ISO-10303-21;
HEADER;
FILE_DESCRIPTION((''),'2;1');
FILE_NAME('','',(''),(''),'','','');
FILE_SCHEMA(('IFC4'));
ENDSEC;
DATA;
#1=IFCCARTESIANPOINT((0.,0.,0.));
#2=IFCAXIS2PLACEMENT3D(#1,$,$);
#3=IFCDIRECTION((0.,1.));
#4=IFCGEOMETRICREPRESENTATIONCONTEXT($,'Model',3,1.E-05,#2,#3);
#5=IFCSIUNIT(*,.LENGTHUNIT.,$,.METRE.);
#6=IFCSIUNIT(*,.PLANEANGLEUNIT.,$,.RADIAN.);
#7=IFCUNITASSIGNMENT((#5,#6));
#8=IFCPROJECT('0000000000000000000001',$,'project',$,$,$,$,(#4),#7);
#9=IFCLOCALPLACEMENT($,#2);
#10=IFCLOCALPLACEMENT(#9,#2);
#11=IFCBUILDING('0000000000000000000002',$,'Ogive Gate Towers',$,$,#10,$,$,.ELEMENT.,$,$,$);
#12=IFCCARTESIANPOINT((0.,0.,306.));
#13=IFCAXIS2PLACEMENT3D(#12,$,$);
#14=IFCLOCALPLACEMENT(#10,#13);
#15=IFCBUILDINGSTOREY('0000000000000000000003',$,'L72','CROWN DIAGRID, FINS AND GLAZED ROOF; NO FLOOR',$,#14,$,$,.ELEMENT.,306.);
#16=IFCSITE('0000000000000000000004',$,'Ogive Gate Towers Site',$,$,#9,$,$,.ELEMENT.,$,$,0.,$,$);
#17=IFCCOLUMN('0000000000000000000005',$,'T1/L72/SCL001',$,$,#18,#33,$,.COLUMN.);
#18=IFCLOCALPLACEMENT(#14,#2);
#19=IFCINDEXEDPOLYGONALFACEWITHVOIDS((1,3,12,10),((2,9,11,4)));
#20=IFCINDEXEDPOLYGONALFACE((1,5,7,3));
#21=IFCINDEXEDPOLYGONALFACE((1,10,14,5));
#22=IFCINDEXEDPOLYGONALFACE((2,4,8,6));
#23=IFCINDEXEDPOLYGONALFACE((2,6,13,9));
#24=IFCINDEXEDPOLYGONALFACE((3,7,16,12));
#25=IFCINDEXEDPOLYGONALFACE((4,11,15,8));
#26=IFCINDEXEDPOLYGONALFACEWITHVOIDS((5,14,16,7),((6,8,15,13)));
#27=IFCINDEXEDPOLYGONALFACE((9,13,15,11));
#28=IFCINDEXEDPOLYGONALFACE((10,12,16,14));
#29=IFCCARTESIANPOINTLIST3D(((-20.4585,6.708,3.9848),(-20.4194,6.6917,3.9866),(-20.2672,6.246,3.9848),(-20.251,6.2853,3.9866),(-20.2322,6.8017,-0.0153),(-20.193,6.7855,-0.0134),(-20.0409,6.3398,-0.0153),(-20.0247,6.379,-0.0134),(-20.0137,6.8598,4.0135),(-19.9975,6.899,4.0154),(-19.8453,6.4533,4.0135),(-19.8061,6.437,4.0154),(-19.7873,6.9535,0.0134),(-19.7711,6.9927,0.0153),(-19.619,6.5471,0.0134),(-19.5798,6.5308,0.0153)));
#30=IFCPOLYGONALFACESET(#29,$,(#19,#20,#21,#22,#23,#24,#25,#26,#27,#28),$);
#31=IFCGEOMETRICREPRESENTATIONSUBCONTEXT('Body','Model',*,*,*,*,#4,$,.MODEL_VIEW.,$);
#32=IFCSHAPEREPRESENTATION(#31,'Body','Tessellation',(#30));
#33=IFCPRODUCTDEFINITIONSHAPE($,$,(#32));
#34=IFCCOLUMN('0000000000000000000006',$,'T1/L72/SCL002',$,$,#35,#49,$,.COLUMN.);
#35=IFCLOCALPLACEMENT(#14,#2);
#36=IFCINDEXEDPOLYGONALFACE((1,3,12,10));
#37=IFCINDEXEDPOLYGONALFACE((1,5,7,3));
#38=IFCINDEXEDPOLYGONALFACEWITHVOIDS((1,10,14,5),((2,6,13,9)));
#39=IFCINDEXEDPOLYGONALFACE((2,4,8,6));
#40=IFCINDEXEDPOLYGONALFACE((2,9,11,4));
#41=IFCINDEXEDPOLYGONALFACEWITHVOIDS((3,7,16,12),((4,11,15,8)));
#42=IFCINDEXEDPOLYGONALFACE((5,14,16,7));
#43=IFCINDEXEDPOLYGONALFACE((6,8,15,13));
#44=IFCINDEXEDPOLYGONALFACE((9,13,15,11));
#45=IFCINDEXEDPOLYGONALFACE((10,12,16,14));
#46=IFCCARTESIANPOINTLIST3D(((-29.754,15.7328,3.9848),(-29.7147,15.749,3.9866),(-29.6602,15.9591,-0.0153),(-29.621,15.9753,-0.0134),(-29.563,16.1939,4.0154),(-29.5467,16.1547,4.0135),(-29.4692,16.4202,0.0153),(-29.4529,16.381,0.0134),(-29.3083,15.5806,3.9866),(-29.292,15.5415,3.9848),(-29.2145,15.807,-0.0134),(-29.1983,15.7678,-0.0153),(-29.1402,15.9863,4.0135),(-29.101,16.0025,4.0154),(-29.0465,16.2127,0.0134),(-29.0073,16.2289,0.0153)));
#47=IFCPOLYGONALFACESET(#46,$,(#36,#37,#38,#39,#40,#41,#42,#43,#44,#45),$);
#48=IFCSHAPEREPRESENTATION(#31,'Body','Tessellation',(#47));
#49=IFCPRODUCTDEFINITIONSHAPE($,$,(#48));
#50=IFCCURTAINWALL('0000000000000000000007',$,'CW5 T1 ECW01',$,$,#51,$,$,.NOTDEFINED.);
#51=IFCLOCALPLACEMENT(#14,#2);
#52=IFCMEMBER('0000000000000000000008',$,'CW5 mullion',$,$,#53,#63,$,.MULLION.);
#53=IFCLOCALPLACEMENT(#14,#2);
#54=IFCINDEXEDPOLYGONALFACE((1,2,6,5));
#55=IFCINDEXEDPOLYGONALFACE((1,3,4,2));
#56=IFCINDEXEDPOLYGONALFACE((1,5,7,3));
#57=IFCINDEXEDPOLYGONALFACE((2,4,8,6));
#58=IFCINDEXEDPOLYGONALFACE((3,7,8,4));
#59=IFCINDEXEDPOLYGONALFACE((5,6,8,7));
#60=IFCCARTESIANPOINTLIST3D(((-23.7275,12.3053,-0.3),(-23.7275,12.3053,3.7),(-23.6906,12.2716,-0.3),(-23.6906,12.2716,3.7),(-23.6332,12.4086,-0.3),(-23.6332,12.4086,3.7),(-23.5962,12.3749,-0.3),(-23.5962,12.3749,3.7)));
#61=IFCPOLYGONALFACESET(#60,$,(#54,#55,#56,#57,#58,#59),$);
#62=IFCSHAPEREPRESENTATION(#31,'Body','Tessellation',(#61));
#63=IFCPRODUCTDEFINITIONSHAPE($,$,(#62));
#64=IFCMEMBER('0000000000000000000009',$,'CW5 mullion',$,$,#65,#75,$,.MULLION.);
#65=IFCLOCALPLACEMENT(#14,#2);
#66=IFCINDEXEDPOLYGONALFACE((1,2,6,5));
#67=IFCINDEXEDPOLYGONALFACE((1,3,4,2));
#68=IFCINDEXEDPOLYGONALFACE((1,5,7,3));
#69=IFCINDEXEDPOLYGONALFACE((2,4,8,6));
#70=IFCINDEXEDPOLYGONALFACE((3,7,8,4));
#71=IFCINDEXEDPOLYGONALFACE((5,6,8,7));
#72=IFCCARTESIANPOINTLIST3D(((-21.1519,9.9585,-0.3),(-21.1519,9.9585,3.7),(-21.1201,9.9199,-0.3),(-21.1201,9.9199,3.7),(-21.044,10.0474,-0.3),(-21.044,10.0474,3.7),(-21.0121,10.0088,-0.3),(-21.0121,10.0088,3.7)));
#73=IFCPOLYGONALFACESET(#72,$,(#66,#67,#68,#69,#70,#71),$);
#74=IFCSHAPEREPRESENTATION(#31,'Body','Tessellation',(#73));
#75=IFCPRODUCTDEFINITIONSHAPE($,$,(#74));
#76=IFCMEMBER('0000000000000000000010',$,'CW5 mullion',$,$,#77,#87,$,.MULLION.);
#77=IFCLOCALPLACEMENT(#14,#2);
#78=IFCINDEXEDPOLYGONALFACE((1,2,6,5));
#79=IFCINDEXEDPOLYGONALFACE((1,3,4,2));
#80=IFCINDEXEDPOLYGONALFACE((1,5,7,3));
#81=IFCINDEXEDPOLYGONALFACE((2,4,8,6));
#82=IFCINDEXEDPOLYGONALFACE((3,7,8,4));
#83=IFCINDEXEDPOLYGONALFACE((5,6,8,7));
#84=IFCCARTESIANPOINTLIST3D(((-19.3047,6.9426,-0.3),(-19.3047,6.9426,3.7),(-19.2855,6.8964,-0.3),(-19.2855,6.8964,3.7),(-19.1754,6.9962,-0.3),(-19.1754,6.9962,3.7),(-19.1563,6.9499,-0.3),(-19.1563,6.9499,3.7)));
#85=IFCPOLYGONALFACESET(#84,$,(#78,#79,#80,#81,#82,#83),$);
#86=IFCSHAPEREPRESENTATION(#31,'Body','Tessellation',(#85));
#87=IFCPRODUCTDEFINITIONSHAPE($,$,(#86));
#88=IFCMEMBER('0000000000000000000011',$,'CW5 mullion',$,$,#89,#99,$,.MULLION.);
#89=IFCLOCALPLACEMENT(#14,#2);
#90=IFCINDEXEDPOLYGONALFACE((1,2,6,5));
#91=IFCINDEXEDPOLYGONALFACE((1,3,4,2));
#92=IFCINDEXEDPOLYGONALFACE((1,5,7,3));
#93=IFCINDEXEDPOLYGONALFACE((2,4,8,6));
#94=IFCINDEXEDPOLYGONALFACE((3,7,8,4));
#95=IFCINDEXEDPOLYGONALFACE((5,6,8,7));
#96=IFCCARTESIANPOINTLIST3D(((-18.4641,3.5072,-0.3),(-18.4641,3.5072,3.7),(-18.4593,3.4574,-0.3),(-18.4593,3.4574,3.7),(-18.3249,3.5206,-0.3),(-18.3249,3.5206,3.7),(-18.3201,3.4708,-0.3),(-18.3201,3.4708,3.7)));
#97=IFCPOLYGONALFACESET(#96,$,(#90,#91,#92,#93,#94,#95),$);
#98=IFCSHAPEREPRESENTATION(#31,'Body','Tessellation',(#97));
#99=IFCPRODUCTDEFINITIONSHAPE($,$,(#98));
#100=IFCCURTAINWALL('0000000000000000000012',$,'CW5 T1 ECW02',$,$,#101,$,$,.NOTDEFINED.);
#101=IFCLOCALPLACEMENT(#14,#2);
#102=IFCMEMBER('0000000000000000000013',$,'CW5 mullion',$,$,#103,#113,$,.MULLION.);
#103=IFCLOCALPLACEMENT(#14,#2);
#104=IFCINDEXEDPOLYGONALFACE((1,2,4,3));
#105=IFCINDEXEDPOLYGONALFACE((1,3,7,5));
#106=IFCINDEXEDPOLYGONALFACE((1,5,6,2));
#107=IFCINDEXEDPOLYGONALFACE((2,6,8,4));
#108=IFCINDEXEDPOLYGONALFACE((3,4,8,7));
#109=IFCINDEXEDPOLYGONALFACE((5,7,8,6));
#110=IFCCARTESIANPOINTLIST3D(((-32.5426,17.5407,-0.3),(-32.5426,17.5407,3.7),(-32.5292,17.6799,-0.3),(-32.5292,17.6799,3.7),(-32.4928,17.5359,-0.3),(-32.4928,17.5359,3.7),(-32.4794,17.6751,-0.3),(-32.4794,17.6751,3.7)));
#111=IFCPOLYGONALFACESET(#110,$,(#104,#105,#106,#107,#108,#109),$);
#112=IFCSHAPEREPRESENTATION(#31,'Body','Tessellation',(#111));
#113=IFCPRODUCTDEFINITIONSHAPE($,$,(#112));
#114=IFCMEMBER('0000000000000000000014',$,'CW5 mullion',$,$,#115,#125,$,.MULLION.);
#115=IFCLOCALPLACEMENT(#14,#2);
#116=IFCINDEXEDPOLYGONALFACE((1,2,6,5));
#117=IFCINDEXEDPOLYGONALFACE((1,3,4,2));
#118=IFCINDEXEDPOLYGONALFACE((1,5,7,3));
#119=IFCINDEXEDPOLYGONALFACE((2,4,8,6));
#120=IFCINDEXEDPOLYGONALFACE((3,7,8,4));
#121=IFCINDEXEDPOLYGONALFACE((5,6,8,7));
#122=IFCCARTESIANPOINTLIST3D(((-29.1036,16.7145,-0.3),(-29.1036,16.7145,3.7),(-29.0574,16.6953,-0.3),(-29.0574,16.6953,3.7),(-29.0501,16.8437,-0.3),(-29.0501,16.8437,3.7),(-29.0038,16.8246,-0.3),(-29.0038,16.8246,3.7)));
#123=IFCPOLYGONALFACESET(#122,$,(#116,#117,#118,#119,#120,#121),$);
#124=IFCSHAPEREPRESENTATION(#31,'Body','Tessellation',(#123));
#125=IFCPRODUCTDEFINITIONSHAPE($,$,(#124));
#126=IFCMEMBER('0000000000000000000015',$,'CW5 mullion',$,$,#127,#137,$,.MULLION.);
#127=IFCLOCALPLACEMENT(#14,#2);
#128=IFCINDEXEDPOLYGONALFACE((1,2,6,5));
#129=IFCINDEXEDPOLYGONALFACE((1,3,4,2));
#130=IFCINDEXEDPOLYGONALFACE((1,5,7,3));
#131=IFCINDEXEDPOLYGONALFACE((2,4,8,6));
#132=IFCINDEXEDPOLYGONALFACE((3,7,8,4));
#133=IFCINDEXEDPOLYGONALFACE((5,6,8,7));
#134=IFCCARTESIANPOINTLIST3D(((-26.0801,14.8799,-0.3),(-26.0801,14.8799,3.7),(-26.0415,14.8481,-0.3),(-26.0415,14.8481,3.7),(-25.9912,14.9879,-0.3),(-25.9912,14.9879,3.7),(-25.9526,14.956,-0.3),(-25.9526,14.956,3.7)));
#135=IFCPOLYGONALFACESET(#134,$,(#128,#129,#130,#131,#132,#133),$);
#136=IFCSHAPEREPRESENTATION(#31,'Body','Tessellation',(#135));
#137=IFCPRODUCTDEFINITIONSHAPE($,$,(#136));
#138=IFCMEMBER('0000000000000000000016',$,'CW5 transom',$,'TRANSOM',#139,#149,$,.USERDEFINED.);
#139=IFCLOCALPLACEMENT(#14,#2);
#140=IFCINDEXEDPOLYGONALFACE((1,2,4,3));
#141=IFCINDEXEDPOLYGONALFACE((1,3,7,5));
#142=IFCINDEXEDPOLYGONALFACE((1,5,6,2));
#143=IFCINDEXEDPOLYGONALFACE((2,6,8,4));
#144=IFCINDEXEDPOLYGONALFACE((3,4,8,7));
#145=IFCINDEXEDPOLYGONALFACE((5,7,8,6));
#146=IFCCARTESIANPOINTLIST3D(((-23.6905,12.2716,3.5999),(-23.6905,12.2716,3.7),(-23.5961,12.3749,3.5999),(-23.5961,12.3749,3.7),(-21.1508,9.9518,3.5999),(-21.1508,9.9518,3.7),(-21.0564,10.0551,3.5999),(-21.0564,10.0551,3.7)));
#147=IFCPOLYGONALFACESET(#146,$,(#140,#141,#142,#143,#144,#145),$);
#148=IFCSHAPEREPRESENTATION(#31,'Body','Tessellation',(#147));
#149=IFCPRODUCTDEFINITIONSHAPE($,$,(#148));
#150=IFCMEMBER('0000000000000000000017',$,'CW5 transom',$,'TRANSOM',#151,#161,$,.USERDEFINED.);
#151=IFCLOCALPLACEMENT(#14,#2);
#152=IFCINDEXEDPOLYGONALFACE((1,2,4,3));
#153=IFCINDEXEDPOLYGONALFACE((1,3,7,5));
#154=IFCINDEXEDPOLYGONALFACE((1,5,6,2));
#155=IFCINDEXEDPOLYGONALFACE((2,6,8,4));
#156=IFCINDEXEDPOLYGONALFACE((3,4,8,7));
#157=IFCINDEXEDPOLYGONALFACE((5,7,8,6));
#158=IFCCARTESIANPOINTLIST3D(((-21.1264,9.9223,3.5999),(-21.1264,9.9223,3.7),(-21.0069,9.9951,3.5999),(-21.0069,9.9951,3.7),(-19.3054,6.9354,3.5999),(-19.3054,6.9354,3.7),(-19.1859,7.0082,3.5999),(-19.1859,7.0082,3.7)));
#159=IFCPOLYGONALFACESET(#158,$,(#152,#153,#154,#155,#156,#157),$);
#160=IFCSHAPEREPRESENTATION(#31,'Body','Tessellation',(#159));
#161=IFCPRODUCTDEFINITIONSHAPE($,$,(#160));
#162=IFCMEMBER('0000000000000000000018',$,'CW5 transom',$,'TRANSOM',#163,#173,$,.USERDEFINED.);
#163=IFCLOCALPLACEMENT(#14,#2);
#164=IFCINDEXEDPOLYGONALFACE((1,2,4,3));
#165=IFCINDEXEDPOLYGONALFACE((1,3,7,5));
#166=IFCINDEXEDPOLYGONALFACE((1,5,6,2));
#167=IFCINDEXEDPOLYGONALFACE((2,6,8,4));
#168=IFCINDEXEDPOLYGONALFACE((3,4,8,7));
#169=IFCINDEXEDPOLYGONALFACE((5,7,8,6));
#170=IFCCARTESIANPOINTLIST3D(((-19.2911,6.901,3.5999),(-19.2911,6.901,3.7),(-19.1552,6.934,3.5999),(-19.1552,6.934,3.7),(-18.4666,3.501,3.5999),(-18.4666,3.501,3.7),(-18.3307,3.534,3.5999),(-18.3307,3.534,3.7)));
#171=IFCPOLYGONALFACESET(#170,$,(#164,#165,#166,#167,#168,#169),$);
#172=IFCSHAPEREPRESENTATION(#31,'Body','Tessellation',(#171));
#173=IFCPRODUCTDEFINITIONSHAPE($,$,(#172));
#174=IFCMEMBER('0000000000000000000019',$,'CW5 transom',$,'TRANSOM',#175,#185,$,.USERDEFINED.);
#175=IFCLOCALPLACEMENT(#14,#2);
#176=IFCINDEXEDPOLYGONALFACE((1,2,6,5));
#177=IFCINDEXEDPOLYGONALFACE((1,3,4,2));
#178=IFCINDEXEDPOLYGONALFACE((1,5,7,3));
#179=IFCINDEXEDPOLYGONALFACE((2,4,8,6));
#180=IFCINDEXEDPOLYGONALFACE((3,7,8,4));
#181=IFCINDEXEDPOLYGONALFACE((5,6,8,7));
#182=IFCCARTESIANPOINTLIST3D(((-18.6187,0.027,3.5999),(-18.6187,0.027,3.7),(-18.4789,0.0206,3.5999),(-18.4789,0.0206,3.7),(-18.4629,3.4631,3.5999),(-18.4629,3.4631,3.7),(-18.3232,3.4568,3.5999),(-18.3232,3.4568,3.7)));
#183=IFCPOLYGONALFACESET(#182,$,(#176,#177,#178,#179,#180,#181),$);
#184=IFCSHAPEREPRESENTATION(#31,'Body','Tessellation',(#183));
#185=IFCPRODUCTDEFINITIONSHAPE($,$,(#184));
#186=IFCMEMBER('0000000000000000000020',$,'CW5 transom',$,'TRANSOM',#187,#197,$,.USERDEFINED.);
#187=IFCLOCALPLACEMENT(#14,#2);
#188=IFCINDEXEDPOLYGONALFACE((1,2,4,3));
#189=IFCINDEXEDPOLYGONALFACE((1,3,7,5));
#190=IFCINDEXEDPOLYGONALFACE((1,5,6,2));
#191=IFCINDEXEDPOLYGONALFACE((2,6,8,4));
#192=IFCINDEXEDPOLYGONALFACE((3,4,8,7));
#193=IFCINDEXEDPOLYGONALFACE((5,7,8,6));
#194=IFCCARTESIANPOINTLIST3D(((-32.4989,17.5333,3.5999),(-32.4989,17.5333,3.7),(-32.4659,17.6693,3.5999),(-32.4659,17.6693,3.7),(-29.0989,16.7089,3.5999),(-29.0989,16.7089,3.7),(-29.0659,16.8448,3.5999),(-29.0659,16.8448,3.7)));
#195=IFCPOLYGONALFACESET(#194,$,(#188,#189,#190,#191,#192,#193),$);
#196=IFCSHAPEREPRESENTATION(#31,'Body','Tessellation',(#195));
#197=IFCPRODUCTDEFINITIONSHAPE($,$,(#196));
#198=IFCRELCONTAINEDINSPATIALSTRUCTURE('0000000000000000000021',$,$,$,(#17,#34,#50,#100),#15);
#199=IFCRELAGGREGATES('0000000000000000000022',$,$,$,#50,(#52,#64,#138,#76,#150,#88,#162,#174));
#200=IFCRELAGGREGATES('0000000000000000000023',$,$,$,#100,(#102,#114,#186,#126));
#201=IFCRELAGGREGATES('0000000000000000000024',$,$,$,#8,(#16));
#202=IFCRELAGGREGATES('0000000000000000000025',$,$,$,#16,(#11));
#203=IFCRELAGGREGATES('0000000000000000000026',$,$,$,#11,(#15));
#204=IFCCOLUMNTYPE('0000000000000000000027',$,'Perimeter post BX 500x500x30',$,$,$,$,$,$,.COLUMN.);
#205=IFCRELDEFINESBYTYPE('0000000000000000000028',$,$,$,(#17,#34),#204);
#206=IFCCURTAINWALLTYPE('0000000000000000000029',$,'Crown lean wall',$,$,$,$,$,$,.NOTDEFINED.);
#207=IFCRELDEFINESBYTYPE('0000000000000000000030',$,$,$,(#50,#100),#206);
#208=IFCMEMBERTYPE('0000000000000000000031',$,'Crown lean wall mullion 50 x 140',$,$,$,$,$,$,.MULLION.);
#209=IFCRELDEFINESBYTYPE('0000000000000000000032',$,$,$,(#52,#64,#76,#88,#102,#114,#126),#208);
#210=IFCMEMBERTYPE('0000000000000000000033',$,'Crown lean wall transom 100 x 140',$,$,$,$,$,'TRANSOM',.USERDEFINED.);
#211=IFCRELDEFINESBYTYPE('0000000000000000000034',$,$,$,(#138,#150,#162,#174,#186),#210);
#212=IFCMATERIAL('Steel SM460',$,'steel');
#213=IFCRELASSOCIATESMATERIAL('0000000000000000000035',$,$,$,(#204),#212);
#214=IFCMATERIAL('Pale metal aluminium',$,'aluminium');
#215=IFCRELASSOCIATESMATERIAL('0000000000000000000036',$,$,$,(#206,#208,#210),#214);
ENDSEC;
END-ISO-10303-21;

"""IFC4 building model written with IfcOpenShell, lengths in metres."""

from ifc_helpers import new_model, si_unit, direction, frame, origin, origin_2d, place, context, subcontext, project, spatial, rectangle, hollow_rectangle, extrude, material, material_profile, profile_set, type_object, element, aggregate, save


model = new_model("IFC4")

# Units and contexts
model_context = context("Model", 3, precision=1e-05, world=origin(), true_north=direction((0.0, 1.0)))
body_context = subcontext(model_context, "Body", "Model", "MODEL_VIEW")
ifc_project = project(units=[si_unit("LENGTHUNIT", "METRE"), si_unit("PLANEANGLEUNIT", "RADIAN")], contexts=[model_context])

# Site, building, storey
site_placement = place(None, origin())
site = spatial("IfcSite", under=ifc_project, at=site_placement, Name="Ogive Gate Towers Site", CompositionType="ELEMENT", RefElevation=0.0)
building_placement = place(site_placement, origin())
building = spatial("IfcBuilding", under=site, at=building_placement, Name="Ogive Gate Towers", CompositionType="ELEMENT")
storey_placement = place(building_placement, frame((0.0, 0.0, 306.0)))
storey = spatial("IfcBuildingStorey", under=building, at=storey_placement, Name="L72", Description="CROWN DIAGRID, FINS AND GLAZED ROOF; NO FLOOR", CompositionType="ELEMENT", Elevation=306.0)

# Columns
ifc_material_1 = material(Name="Steel SM460", Category="steel")
ifc_material_profile_1 = material_profile(ifc_material_1, hollow_rectangle(XDim=0.5, YDim=0.5, WallThickness=0.03, at=origin_2d()), Name="BX 500x500x30")
ifc_profile_set_1 = profile_set([ifc_material_profile_1], Name="Steel SM460")
column_type = type_object("IfcColumnType", Name="Perimeter post BX 500x500x30", PredefinedType="COLUMN", material=ifc_profile_set_1)
for number, where, z_axis, x_axis, name in (
    (1, (-19.906, 6.6663, 0.0), (-0.056474, -0.023394, 0.99813), (0.382704, -0.923871, 0.0), "T1/L72/SCL001"),
    (2, (-29.3337, 16.094, 0.0), (-0.023394, -0.056474, 0.99813), (0.923871, -0.382704, 0.0), "T1/L72/SCL002"),
):
    element("IfcColumn", number, at=place(storey_placement, frame(where, z_axis=z_axis, x_axis=x_axis)), inside=storey, type_object=column_type, Name=name, PredefinedType="COLUMN", context=body_context, shape_type="SweptSolid", body=[
        extrude(hollow_rectangle(XDim=0.5, YDim=0.5, WallThickness=0.03, at=origin_2d()), origin(), (0.0, 0.0, 1.0), 4.0076),
    ])

# Curtain walls, members
ifc_material_2 = material(Name="Pale metal aluminium", Category="aluminium")
curtain_wall_type = type_object("IfcCurtainWallType", Name="Crown lean wall", PredefinedType="NOTDEFINED", material=ifc_material_2)
curtain_wall_1_placement = place(storey_placement, origin())
curtain_wall_1 = element("IfcCurtainWall", 3, at=curtain_wall_1_placement, inside=storey, type_object=curtain_wall_type, Name="CW5 T1 ECW01", PredefinedType="NOTDEFINED")
ifc_material_profile_2 = material_profile(ifc_material_2, rectangle(XDim=0.1399, YDim=0.05, at=origin_2d()), Name="50 x 140 aluminium box")
ifc_profile_set_2 = profile_set([ifc_material_profile_2], Name="Pale metal aluminium")
member_type_1 = type_object("IfcMemberType", Name="Crown lean wall mullion 50 x 140", PredefinedType="MULLION", material=ifc_profile_set_2)
member_1_placement = place(storey_placement, frame((-23.6619, 12.3401, -0.3), z_axis=(0.0, 0.0, 1.0), x_axis=(-0.674354, -0.738408, 0.0)))
member_1 = element("IfcMember", 4, at=member_1_placement, type_object=member_type_1, Name="CW5 mullion", PredefinedType="MULLION", context=body_context, shape_type="SweptSolid", body=[
    extrude(rectangle(XDim=0.1399, YDim=0.05, at=origin_2d()), origin(), (0.0, 0.0, 1.0), 4.0),
])
member_2_placement = place(storey_placement, frame((-21.082, 9.9836, -0.3), z_axis=(0.0, 0.0, 1.0), x_axis=(-0.771835, -0.635822, 0.0)))
member_2 = element("IfcMember", 5, at=member_2_placement, type_object=member_type_1, Name="CW5 mullion", PredefinedType="MULLION", context=body_context, shape_type="SweptSolid", body=[
    extrude(rectangle(XDim=0.1399, YDim=0.05, at=origin_2d()), origin(), (0.0, 0.0, 1.0), 4.0),
])
member_3_placement = place(storey_placement, frame((-19.2305, 6.9463, -0.3), z_axis=(0.0, 0.0, 1.0), x_axis=(-0.923886, -0.382667, 0.0)))
member_3 = element("IfcMember", 6, at=member_3_placement, type_object=member_type_1, Name="CW5 mullion", PredefinedType="MULLION", context=body_context, shape_type="SweptSolid", body=[
    extrude(rectangle(XDim=0.1399, YDim=0.05, at=origin_2d()), origin(), (0.0, 0.0, 1.0), 4.0),
])
member_4_placement = place(storey_placement, frame((-18.3921, 3.489, -0.3), z_axis=(0.0, 0.0, 1.0), x_axis=(-0.995366, -0.096158, 0.0)))
member_4 = element("IfcMember", 7, at=member_4_placement, type_object=member_type_1, Name="CW5 mullion", PredefinedType="MULLION", context=body_context, shape_type="SweptSolid", body=[
    extrude(rectangle(XDim=0.1399, YDim=0.05, at=origin_2d()), origin(), (0.0, 0.0, 1.0), 4.0),
])
curtain_wall_2_placement = place(storey_placement, origin())
curtain_wall_2 = element("IfcCurtainWall", 8, at=curtain_wall_2_placement, inside=storey, type_object=curtain_wall_type, Name="CW5 T1 ECW02", PredefinedType="NOTDEFINED")
member_5_placement = place(storey_placement, frame((-32.511, 17.6079, -0.3), z_axis=(0.0, 0.0, 1.0), x_axis=(-0.096158, -0.995366, 0.0)))
member_5 = element("IfcMember", 9, at=member_5_placement, type_object=member_type_1, Name="CW5 mullion", PredefinedType="MULLION", context=body_context, shape_type="SweptSolid", body=[
    extrude(rectangle(XDim=0.1399, YDim=0.05, at=origin_2d()), origin(), (0.0, 0.0, 1.0), 4.0),
])
member_6_placement = place(storey_placement, frame((-29.0537, 16.7695, -0.3), z_axis=(0.0, 0.0, 1.0), x_axis=(-0.382667, -0.923886, 0.0)))
member_6 = element("IfcMember", 10, at=member_6_placement, type_object=member_type_1, Name="CW5 mullion", PredefinedType="MULLION", context=body_context, shape_type="SweptSolid", body=[
    extrude(rectangle(XDim=0.1399, YDim=0.05, at=origin_2d()), origin(), (0.0, 0.0, 1.0), 4.0),
])
member_7_placement = place(storey_placement, frame((-26.0164, 14.918, -0.3), z_axis=(0.0, 0.0, 1.0), x_axis=(-0.635822, -0.771835, 0.0)))
member_7 = element("IfcMember", 11, at=member_7_placement, type_object=member_type_1, Name="CW5 mullion", PredefinedType="MULLION", context=body_context, shape_type="SweptSolid", body=[
    extrude(rectangle(XDim=0.1399, YDim=0.05, at=origin_2d()), origin(), (0.0, 0.0, 1.0), 4.0),
])

# Members
ifc_material_profile_3 = material_profile(ifc_material_2, rectangle(XDim=0.1399, YDim=0.1001, at=origin_2d()), Name="100 x 140 aluminium box")
ifc_profile_set_3 = profile_set([ifc_material_profile_3], Name="Pale metal aluminium")
member_type_2 = type_object("IfcMemberType", Name="Crown lean wall transom 100 x 140", ElementType="TRANSOM", PredefinedType="USERDEFINED", material=ifc_profile_set_3)
member_8_placement = place(storey_placement, frame((-23.6433, 12.3232, 3.6499), z_axis=(0.738358, -0.674409, 0.0), x_axis=(0.674409, 0.738358, 0.0)))
member_8 = element("IfcMember", 12, at=member_8_placement, type_object=member_type_2, Name="CW5 transom", ObjectType="TRANSOM", PredefinedType="USERDEFINED", context=body_context, shape_type="SweptSolid", body=[
    extrude(rectangle(XDim=0.1399, YDim=0.1001, at=origin_2d()), origin(), (0.0, 0.0, 1.0), 3.4397),
])
member_9_placement = place(storey_placement, frame((-21.0667, 9.9587, 3.6499), z_axis=(0.520538, -0.853839, 0.0), x_axis=(0.853839, 0.520538, 0.0)))
member_9 = element("IfcMember", 13, at=member_9_placement, type_object=member_type_2, Name="CW5 transom", ObjectType="TRANSOM", PredefinedType="USERDEFINED", context=body_context, shape_type="SweptSolid", body=[
    extrude(rectangle(XDim=0.1399, YDim=0.1001, at=origin_2d()), origin(), (0.0, 0.0, 1.0), 3.4983),
])
member_10_placement = place(storey_placement, frame((-19.2231, 6.9175, 3.6499), z_axis=(0.235666, -0.971834, 0.0), x_axis=(0.971834, 0.235666, 0.0)))
member_10 = element("IfcMember", 14, at=member_10_placement, type_object=member_type_2, Name="CW5 transom", ObjectType="TRANSOM", PredefinedType="USERDEFINED", context=body_context, shape_type="SweptSolid", body=[
    extrude(rectangle(XDim=0.1399, YDim=0.1001, at=origin_2d()), origin(), (0.0, 0.0, 1.0), 3.4985),
])
member_11_placement = place(storey_placement, frame((-18.3931, 3.46, 3.6499), z_axis=(-0.045282, -0.998974, 0.0), x_axis=(0.998974, -0.045282, 0.0)))
member_11 = element("IfcMember", 15, at=member_11_placement, type_object=member_type_2, Name="CW5 transom", ObjectType="TRANSOM", PredefinedType="USERDEFINED", context=body_context, shape_type="SweptSolid", body=[
    extrude(rectangle(XDim=0.1399, YDim=0.1001, at=origin_2d()), origin(), (0.0, 0.0, 1.0), 3.4397),
])
member_12_placement = place(storey_placement, frame((-32.4824, 17.6013, 3.6499), z_axis=(0.971834, -0.235666, 0.0), x_axis=(0.235666, 0.971834, 0.0)))
member_12 = element("IfcMember", 16, at=member_12_placement, type_object=member_type_2, Name="CW5 transom", ObjectType="TRANSOM", PredefinedType="USERDEFINED", context=body_context, shape_type="SweptSolid", body=[
    extrude(rectangle(XDim=0.1399, YDim=0.1001, at=origin_2d()), origin(), (0.0, 0.0, 1.0), 3.4985),
])

aggregate(curtain_wall_1, [member_1, member_2, member_8, member_3, member_9, member_4, member_10, member_11])
aggregate(curtain_wall_2, [member_5, member_6, member_12, member_7])

save(model, "model.ifc")
